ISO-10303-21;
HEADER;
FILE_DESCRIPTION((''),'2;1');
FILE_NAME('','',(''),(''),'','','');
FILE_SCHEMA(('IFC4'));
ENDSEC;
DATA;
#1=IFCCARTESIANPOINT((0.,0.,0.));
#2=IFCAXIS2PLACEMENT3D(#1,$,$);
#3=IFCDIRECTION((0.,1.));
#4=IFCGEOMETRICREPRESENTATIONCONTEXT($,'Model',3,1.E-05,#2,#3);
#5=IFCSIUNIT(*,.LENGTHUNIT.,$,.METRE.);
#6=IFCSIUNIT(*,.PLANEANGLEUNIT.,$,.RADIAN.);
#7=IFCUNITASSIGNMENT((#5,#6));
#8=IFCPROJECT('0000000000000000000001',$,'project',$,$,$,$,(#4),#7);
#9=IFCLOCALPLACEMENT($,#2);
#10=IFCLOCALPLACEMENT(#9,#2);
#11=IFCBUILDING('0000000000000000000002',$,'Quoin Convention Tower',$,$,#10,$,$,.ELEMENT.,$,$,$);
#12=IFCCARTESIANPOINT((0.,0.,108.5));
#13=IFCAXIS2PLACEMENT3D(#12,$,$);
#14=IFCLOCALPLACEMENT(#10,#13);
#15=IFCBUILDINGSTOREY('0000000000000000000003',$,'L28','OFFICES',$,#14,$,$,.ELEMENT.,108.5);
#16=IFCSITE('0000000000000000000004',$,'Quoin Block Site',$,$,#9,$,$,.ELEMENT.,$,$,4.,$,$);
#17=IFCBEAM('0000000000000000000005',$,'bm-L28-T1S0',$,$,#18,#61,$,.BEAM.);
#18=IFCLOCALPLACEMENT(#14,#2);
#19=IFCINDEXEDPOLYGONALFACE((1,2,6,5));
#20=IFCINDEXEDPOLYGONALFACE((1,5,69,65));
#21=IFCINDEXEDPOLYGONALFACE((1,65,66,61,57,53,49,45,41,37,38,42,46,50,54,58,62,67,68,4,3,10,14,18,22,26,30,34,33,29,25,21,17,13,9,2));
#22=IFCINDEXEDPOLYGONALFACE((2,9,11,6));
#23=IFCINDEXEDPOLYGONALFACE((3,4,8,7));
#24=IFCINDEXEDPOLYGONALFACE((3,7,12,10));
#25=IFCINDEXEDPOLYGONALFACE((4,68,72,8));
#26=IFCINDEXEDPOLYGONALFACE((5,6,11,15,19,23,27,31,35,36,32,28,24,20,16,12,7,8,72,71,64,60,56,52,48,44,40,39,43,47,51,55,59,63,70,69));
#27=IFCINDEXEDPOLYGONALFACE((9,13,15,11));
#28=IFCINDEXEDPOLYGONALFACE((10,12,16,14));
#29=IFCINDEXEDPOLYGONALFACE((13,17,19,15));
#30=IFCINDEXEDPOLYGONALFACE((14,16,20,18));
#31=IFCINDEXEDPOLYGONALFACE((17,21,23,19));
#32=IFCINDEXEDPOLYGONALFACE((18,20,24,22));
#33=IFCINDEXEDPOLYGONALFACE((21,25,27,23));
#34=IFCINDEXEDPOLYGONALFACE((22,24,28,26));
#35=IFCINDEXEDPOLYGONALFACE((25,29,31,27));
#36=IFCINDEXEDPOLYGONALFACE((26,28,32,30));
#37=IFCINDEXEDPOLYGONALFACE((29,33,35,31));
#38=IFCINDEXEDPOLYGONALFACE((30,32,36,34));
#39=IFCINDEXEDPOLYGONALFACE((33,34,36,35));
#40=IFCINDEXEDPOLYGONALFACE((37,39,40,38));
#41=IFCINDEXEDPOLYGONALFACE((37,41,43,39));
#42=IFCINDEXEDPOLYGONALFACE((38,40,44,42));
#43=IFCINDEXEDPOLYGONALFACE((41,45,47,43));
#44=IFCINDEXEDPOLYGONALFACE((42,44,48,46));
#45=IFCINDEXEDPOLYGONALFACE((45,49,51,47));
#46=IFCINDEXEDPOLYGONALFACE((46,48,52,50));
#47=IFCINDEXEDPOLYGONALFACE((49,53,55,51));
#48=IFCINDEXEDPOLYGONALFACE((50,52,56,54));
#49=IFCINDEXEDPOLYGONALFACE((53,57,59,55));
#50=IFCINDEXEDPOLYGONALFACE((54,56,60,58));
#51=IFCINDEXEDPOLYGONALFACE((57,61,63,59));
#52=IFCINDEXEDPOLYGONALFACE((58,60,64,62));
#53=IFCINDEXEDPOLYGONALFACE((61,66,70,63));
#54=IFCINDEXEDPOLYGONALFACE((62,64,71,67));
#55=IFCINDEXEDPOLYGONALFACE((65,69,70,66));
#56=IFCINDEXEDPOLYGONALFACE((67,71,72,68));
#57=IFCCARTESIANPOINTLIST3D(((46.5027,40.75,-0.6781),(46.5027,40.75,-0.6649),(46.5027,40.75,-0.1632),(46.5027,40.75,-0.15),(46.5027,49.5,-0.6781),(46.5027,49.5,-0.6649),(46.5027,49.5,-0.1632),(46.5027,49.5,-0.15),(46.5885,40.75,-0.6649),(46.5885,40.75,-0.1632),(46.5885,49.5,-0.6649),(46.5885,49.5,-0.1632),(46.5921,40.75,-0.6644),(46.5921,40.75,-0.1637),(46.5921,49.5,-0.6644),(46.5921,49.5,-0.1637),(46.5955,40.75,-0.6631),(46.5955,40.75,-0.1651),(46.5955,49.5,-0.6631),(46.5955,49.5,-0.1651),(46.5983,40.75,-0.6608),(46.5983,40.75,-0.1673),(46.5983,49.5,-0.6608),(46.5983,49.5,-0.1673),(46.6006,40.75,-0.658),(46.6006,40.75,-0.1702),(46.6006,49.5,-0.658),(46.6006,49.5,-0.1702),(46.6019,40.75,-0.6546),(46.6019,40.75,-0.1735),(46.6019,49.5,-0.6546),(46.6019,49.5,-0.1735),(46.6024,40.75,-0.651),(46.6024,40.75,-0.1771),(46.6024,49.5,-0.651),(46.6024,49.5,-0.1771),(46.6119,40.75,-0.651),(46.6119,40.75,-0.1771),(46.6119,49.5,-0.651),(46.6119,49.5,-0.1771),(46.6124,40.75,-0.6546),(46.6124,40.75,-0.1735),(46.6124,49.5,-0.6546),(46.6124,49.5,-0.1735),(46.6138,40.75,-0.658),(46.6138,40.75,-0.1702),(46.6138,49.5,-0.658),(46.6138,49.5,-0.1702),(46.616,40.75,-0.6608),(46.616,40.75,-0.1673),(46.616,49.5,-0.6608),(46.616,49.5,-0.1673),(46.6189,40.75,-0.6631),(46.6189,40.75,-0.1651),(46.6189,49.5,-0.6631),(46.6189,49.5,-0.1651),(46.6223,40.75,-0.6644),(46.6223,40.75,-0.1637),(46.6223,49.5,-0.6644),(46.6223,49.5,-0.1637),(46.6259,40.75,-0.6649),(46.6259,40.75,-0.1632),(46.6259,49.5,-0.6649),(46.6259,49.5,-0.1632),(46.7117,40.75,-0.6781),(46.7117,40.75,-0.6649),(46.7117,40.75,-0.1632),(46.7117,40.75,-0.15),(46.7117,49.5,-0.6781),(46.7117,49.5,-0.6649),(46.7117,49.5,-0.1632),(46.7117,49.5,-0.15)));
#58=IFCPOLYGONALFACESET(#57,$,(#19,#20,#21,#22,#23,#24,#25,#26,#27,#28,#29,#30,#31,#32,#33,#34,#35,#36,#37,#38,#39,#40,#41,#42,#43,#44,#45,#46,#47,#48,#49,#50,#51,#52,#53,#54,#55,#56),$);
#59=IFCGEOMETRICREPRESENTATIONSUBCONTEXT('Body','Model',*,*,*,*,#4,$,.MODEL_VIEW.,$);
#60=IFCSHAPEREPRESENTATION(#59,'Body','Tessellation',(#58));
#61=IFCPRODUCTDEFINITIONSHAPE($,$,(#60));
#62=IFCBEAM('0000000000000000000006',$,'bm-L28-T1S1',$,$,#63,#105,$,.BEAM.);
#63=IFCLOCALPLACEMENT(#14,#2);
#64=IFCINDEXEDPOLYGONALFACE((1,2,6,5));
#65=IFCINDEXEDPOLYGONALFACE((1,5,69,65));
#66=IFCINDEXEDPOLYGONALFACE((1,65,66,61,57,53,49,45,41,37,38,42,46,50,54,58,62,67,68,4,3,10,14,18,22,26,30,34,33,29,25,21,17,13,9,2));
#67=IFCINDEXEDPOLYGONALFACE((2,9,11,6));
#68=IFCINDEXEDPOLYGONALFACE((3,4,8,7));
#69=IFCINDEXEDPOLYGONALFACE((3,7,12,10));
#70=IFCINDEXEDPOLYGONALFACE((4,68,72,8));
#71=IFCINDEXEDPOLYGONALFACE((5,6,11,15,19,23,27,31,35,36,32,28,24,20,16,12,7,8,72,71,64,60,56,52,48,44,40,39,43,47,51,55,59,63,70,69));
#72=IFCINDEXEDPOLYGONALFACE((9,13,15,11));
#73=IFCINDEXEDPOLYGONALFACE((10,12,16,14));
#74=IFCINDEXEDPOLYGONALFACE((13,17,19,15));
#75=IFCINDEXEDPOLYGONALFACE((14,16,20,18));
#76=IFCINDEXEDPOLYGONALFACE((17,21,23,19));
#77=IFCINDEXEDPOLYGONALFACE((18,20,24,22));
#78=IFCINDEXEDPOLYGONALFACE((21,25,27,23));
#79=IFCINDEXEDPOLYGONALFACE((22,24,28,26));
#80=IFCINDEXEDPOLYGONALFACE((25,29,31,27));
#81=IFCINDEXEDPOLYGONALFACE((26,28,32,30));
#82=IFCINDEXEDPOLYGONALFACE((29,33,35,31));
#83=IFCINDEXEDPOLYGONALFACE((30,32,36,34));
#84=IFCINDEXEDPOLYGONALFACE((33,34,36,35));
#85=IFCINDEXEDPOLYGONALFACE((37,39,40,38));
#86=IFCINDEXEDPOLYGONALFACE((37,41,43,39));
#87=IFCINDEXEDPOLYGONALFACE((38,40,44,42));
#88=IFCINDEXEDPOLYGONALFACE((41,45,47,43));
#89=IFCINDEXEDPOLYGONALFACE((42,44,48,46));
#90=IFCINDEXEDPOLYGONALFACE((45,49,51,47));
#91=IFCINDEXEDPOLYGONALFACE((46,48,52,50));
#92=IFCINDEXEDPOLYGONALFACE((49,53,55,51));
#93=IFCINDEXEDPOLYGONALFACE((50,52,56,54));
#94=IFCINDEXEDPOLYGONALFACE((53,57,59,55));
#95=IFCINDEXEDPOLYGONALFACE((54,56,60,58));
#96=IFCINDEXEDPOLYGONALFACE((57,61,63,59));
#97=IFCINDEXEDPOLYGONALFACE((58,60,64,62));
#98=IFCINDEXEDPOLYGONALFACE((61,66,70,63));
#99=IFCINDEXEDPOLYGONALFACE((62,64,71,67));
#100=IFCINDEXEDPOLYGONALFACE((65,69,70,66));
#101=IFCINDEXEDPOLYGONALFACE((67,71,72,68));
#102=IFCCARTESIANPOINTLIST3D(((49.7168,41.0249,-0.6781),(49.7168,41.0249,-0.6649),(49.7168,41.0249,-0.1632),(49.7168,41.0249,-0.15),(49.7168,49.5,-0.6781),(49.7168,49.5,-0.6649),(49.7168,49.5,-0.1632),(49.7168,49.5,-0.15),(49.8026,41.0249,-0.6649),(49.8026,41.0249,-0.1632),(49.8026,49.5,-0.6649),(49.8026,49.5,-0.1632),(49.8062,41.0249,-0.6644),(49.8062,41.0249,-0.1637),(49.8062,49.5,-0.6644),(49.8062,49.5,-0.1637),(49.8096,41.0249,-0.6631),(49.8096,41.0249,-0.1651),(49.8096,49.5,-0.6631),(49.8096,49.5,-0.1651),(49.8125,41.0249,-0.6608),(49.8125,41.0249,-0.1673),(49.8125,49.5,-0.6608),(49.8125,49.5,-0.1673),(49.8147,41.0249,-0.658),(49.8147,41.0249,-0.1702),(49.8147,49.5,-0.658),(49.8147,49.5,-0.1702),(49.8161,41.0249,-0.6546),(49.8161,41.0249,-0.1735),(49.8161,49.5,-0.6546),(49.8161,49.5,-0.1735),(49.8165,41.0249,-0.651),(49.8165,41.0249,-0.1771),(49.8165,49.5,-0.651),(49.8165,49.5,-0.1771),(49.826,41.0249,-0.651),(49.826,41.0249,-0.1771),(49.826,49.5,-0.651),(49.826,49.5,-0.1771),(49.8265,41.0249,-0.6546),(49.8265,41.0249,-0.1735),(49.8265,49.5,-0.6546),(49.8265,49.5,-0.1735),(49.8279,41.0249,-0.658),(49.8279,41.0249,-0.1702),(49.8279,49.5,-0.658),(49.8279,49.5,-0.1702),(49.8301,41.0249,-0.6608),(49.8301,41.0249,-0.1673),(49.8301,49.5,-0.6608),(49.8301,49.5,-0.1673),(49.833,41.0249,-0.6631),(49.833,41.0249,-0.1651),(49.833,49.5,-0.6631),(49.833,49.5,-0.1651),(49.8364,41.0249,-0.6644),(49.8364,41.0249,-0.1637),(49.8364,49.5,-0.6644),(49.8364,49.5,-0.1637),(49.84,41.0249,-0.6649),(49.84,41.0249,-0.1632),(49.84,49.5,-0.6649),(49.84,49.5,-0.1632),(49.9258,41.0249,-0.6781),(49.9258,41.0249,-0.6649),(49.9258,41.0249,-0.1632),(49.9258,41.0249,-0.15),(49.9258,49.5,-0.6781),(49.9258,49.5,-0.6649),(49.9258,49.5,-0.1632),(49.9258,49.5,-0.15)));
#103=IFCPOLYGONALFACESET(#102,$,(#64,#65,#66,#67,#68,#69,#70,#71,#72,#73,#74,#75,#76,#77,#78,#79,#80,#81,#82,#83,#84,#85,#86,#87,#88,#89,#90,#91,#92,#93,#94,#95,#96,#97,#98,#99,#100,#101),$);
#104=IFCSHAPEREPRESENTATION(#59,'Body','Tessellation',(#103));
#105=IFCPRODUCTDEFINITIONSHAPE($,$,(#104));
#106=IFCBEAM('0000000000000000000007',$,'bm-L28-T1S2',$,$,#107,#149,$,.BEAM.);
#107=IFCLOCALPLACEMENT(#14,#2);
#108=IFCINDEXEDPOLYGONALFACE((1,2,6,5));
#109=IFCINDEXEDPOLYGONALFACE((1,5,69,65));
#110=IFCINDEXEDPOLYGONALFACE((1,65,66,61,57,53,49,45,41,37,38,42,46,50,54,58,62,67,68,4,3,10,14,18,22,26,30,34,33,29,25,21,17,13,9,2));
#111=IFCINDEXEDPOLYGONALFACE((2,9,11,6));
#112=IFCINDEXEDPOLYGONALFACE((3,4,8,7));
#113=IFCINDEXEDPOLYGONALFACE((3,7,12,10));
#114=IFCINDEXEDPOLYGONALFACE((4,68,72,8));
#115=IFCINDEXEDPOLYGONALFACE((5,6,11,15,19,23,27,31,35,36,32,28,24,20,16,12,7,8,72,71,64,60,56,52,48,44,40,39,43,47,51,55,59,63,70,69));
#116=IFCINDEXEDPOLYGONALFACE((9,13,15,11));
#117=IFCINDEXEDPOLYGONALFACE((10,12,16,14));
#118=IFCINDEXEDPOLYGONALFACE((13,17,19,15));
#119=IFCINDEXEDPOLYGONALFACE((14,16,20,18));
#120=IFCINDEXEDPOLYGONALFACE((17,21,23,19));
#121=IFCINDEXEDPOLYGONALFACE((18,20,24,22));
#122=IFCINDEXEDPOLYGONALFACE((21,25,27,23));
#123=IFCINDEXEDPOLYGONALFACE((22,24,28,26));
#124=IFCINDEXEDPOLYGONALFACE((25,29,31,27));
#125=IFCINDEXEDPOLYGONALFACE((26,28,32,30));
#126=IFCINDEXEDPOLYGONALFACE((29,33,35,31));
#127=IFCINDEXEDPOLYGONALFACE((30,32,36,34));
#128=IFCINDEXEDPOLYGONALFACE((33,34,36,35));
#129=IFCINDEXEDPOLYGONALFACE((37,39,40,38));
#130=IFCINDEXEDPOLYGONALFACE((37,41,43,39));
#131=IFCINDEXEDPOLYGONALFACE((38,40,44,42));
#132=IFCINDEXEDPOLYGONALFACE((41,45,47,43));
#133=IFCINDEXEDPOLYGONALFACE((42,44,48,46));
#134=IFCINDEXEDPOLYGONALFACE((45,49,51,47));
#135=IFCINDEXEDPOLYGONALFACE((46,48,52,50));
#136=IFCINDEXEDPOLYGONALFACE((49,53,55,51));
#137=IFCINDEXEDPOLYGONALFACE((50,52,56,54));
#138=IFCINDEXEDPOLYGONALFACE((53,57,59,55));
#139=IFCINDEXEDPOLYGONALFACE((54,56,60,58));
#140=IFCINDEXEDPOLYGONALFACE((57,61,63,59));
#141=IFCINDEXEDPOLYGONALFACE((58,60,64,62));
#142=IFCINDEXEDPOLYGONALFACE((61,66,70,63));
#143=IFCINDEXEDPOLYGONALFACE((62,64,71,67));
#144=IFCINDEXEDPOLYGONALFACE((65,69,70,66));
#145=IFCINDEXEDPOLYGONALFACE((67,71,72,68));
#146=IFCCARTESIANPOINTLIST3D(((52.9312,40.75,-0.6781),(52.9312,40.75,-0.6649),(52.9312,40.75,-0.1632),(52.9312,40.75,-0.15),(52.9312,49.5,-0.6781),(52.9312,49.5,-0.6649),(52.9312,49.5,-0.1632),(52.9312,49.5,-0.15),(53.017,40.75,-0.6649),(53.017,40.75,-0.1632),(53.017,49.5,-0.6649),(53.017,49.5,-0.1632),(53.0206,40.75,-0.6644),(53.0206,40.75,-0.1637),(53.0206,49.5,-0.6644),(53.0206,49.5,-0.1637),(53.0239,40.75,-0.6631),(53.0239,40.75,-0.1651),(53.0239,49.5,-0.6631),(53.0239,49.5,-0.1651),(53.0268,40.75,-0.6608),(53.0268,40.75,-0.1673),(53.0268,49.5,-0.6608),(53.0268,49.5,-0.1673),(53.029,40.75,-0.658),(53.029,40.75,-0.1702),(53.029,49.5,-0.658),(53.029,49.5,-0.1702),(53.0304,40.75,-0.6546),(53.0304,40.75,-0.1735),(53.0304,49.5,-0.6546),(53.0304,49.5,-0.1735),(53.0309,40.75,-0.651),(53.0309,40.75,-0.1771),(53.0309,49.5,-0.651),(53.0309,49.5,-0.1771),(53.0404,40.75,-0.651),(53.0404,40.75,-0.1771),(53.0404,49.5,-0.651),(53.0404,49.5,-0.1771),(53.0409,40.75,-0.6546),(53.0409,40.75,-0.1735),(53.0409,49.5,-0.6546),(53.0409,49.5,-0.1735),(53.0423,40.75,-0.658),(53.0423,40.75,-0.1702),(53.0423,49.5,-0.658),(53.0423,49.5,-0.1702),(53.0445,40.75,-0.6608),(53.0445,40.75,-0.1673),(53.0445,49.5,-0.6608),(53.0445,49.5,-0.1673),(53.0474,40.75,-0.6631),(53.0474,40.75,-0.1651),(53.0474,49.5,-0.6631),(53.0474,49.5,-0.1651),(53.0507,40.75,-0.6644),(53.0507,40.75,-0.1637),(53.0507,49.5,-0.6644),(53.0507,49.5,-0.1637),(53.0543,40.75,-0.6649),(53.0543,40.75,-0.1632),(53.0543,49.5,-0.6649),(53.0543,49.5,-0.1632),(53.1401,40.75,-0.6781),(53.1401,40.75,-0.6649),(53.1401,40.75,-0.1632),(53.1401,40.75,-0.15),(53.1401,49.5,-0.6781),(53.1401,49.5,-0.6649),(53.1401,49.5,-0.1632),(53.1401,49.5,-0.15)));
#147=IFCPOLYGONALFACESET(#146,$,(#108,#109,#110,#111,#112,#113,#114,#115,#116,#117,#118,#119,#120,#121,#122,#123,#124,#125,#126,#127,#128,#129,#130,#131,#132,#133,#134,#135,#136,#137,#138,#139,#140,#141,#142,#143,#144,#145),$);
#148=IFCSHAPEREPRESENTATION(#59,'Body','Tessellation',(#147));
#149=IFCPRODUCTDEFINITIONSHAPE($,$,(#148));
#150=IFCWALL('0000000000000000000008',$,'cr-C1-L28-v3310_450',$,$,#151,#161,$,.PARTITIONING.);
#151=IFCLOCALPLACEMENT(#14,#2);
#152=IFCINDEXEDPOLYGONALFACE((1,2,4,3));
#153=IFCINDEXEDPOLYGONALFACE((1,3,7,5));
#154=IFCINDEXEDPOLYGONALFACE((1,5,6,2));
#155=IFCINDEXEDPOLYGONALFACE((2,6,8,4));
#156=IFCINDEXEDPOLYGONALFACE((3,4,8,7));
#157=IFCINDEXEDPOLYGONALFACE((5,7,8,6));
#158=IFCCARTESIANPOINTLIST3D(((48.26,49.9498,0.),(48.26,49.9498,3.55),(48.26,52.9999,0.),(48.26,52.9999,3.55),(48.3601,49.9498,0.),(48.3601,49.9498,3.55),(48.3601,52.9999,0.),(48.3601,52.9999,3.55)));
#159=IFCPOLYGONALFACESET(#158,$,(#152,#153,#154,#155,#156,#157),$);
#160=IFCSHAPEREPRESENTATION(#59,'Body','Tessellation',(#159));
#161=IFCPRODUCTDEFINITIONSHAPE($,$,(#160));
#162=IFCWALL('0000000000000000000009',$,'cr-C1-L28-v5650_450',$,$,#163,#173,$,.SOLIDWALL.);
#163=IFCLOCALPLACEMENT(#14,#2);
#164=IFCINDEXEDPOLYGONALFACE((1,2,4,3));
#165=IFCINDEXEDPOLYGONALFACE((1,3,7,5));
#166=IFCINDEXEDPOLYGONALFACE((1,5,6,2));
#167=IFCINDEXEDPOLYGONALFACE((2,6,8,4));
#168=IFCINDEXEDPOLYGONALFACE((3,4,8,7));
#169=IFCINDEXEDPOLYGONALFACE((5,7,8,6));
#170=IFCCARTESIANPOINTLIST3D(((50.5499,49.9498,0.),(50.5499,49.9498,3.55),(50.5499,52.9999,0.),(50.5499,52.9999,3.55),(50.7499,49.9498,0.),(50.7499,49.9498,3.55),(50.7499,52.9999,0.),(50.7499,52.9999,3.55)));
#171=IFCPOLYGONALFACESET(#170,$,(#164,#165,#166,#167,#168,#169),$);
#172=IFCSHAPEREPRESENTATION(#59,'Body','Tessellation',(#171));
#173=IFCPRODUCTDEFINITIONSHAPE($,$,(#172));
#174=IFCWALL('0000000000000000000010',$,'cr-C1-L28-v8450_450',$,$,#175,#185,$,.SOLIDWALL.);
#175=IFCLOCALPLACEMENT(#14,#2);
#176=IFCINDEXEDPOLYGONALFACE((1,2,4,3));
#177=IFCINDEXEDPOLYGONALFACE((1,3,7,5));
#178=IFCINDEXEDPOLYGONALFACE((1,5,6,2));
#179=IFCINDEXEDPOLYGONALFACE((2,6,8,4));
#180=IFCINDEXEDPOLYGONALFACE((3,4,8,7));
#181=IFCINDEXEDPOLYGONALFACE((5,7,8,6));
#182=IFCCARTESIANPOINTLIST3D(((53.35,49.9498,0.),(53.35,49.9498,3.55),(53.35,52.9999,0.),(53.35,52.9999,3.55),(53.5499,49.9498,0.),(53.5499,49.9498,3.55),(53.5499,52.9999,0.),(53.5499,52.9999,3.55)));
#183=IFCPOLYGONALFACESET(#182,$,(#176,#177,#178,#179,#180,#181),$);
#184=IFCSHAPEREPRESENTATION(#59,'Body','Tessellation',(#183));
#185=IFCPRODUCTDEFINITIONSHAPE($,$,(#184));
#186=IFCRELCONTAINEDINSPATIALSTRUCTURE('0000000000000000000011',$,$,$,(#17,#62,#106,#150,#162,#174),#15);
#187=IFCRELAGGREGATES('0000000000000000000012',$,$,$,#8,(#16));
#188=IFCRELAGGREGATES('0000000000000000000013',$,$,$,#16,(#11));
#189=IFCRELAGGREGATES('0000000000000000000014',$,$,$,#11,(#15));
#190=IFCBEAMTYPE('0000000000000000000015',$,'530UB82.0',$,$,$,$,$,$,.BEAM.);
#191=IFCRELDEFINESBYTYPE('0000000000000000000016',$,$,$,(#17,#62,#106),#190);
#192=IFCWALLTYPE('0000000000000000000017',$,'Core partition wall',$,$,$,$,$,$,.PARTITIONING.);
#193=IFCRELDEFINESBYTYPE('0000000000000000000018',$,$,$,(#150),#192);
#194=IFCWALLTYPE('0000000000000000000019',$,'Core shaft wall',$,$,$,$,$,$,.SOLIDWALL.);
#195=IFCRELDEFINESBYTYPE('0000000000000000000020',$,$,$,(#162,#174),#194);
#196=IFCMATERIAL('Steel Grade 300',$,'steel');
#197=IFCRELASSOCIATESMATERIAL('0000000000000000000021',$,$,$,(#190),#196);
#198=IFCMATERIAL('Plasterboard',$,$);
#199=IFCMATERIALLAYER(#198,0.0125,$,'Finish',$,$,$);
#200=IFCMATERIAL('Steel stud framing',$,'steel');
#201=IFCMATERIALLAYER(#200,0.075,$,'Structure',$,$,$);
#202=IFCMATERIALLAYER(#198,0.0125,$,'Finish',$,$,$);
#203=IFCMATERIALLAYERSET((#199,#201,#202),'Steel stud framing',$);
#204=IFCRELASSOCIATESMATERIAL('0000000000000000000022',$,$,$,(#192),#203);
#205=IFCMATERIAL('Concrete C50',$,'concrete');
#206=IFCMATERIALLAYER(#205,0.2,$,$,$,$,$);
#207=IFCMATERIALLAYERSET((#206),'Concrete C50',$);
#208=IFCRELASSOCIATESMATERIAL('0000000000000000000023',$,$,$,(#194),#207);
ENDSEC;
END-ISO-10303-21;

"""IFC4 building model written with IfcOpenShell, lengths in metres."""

from ifc_helpers import new_model, si_unit, direction, frame, frame_2d, origin, origin_2d, place, context, subcontext, project, spatial, rectangle, i_section, extrude, material, layer, layer_set, material_profile, profile_set, type_object, element, save


model = new_model("IFC4")

# Units and contexts
model_context = context("Model", 3, precision=1e-05, world=origin(), true_north=direction((0.0, 1.0)))
body_context = subcontext(model_context, "Body", "Model", "MODEL_VIEW")
ifc_project = project(units=[si_unit("LENGTHUNIT", "METRE"), si_unit("PLANEANGLEUNIT", "RADIAN")], contexts=[model_context])

# Site, building, storey
site_placement = place(None, origin())
site = spatial("IfcSite", under=ifc_project, at=site_placement, Name="Quoin Block Site", CompositionType="ELEMENT", RefElevation=4.0)
building_placement = place(site_placement, origin())
building = spatial("IfcBuilding", under=site, at=building_placement, Name="Quoin Convention Tower", CompositionType="ELEMENT")
storey_placement = place(building_placement, frame((0.0, 0.0, 108.5)))
storey = spatial("IfcBuildingStorey", under=building, at=storey_placement, Name="L28", Description="OFFICES", CompositionType="ELEMENT", Elevation=108.5)

# Beams
ifc_material_1 = material(Name="Steel Grade 300", Category="steel")
ifc_material_profile = material_profile(ifc_material_1, i_section(OverallWidth=0.209, OverallDepth=0.5281, WebThickness=0.0095, FlangeThickness=0.0132, FilletRadius=0.0139, at=origin_2d()), Name="530UB82.0")
ifc_profile_set = profile_set([ifc_material_profile], Name="Steel Grade 300")
beam_type = type_object("IfcBeamType", Name="530UB82.0", PredefinedType="BEAM", material=ifc_profile_set)
beam_1_placement = place(storey_placement, frame((46.6072, 40.75, -0.4141), z_axis=(0.0, 1.0, 0.0), x_axis=(-1.0, 0.0, 0.0)))
element("IfcBeam", 1, at=beam_1_placement, inside=storey, type_object=beam_type, Name="bm-L28-T1S0", PredefinedType="BEAM", context=body_context, shape_type="SweptSolid", body=[
    extrude(i_section(OverallWidth=0.209, OverallDepth=0.5281, WebThickness=0.0095, FlangeThickness=0.0132, FilletRadius=0.0139, at=origin_2d()), origin(), (0.0, 0.0, 1.0), 8.75),
])
beam_2_placement = place(storey_placement, frame((49.8213, 41.0249, -0.4141), z_axis=(0.0, 1.0, 0.0), x_axis=(-1.0, 0.0, 0.0)))
element("IfcBeam", 2, at=beam_2_placement, inside=storey, type_object=beam_type, Name="bm-L28-T1S1", PredefinedType="BEAM", context=body_context, shape_type="SweptSolid", body=[
    extrude(i_section(OverallWidth=0.209, OverallDepth=0.5281, WebThickness=0.0095, FlangeThickness=0.0132, FilletRadius=0.0139, at=origin_2d()), origin(), (0.0, 0.0, 1.0), 8.4751),
])
beam_3_placement = place(storey_placement, frame((53.0356, 40.75, -0.4141), z_axis=(0.0, 1.0, 0.0), x_axis=(-1.0, 0.0, 0.0)))
element("IfcBeam", 3, at=beam_3_placement, inside=storey, type_object=beam_type, Name="bm-L28-T1S2", PredefinedType="BEAM", context=body_context, shape_type="SweptSolid", body=[
    extrude(i_section(OverallWidth=0.209, OverallDepth=0.5281, WebThickness=0.0095, FlangeThickness=0.0132, FilletRadius=0.0139, at=origin_2d()), origin(), (0.0, 0.0, 1.0), 8.75),
])

# Walls
ifc_material_2 = material(Name="Plasterboard")
ifc_layer_1 = layer(ifc_material_2, 0.0125, Name="Finish")
ifc_material_3 = material(Name="Steel stud framing", Category="steel")
ifc_layer_2 = layer(ifc_material_3, 0.075, Name="Structure")
ifc_layer_3 = layer(ifc_material_2, 0.0125, Name="Finish")
ifc_layer_set_1 = layer_set([ifc_layer_1, ifc_layer_2, ifc_layer_3], Name="Steel stud framing")
wall_type_1 = type_object("IfcWallType", Name="Core partition wall", PredefinedType="PARTITIONING", material=ifc_layer_set_1)
wall_1_placement = place(storey_placement, frame((48.3101, 49.95, 0.0), z_axis=(0.0, 0.0, 1.0), x_axis=(0.0, 1.0, 0.0)))
element("IfcWall", 4, at=wall_1_placement, inside=storey, type_object=wall_type_1, Name="cr-C1-L28-v3310_450", PredefinedType="PARTITIONING", context=body_context, shape_type="SweptSolid", body=[
    extrude(rectangle(XDim=3.05, YDim=0.1001, at=frame_2d((1.5249, 0.0))), origin(), (0.0, 0.0, 1.0), 3.55),
])
ifc_material_4 = material(Name="Concrete C50", Category="concrete")
ifc_layer_4 = layer(ifc_material_4, 0.2)
ifc_layer_set_2 = layer_set([ifc_layer_4], Name="Concrete C50")
wall_type_2 = type_object("IfcWallType", Name="Core shaft wall", PredefinedType="SOLIDWALL", material=ifc_layer_set_2)
for number, where, z_axis, x_axis, name in (
    (5, (50.6499, 49.95, 0.0), (0.0, 0.0, 1.0), (0.0, 1.0, 0.0), "cr-C1-L28-v5650_450"),
    (6, (53.45, 49.95, 0.0), (0.0, 0.0, 1.0), (0.0, 1.0, 0.0), "cr-C1-L28-v8450_450"),
):
    element("IfcWall", number, at=place(storey_placement, frame(where, z_axis=z_axis, x_axis=x_axis)), inside=storey, type_object=wall_type_2, Name=name, PredefinedType="SOLIDWALL", context=body_context, shape_type="SweptSolid", body=[
        extrude(rectangle(XDim=3.05, YDim=0.2, at=frame_2d((1.5249, 0.0))), origin(), (0.0, 0.0, 1.0), 3.55),
    ])

save(model, "model.ifc")
